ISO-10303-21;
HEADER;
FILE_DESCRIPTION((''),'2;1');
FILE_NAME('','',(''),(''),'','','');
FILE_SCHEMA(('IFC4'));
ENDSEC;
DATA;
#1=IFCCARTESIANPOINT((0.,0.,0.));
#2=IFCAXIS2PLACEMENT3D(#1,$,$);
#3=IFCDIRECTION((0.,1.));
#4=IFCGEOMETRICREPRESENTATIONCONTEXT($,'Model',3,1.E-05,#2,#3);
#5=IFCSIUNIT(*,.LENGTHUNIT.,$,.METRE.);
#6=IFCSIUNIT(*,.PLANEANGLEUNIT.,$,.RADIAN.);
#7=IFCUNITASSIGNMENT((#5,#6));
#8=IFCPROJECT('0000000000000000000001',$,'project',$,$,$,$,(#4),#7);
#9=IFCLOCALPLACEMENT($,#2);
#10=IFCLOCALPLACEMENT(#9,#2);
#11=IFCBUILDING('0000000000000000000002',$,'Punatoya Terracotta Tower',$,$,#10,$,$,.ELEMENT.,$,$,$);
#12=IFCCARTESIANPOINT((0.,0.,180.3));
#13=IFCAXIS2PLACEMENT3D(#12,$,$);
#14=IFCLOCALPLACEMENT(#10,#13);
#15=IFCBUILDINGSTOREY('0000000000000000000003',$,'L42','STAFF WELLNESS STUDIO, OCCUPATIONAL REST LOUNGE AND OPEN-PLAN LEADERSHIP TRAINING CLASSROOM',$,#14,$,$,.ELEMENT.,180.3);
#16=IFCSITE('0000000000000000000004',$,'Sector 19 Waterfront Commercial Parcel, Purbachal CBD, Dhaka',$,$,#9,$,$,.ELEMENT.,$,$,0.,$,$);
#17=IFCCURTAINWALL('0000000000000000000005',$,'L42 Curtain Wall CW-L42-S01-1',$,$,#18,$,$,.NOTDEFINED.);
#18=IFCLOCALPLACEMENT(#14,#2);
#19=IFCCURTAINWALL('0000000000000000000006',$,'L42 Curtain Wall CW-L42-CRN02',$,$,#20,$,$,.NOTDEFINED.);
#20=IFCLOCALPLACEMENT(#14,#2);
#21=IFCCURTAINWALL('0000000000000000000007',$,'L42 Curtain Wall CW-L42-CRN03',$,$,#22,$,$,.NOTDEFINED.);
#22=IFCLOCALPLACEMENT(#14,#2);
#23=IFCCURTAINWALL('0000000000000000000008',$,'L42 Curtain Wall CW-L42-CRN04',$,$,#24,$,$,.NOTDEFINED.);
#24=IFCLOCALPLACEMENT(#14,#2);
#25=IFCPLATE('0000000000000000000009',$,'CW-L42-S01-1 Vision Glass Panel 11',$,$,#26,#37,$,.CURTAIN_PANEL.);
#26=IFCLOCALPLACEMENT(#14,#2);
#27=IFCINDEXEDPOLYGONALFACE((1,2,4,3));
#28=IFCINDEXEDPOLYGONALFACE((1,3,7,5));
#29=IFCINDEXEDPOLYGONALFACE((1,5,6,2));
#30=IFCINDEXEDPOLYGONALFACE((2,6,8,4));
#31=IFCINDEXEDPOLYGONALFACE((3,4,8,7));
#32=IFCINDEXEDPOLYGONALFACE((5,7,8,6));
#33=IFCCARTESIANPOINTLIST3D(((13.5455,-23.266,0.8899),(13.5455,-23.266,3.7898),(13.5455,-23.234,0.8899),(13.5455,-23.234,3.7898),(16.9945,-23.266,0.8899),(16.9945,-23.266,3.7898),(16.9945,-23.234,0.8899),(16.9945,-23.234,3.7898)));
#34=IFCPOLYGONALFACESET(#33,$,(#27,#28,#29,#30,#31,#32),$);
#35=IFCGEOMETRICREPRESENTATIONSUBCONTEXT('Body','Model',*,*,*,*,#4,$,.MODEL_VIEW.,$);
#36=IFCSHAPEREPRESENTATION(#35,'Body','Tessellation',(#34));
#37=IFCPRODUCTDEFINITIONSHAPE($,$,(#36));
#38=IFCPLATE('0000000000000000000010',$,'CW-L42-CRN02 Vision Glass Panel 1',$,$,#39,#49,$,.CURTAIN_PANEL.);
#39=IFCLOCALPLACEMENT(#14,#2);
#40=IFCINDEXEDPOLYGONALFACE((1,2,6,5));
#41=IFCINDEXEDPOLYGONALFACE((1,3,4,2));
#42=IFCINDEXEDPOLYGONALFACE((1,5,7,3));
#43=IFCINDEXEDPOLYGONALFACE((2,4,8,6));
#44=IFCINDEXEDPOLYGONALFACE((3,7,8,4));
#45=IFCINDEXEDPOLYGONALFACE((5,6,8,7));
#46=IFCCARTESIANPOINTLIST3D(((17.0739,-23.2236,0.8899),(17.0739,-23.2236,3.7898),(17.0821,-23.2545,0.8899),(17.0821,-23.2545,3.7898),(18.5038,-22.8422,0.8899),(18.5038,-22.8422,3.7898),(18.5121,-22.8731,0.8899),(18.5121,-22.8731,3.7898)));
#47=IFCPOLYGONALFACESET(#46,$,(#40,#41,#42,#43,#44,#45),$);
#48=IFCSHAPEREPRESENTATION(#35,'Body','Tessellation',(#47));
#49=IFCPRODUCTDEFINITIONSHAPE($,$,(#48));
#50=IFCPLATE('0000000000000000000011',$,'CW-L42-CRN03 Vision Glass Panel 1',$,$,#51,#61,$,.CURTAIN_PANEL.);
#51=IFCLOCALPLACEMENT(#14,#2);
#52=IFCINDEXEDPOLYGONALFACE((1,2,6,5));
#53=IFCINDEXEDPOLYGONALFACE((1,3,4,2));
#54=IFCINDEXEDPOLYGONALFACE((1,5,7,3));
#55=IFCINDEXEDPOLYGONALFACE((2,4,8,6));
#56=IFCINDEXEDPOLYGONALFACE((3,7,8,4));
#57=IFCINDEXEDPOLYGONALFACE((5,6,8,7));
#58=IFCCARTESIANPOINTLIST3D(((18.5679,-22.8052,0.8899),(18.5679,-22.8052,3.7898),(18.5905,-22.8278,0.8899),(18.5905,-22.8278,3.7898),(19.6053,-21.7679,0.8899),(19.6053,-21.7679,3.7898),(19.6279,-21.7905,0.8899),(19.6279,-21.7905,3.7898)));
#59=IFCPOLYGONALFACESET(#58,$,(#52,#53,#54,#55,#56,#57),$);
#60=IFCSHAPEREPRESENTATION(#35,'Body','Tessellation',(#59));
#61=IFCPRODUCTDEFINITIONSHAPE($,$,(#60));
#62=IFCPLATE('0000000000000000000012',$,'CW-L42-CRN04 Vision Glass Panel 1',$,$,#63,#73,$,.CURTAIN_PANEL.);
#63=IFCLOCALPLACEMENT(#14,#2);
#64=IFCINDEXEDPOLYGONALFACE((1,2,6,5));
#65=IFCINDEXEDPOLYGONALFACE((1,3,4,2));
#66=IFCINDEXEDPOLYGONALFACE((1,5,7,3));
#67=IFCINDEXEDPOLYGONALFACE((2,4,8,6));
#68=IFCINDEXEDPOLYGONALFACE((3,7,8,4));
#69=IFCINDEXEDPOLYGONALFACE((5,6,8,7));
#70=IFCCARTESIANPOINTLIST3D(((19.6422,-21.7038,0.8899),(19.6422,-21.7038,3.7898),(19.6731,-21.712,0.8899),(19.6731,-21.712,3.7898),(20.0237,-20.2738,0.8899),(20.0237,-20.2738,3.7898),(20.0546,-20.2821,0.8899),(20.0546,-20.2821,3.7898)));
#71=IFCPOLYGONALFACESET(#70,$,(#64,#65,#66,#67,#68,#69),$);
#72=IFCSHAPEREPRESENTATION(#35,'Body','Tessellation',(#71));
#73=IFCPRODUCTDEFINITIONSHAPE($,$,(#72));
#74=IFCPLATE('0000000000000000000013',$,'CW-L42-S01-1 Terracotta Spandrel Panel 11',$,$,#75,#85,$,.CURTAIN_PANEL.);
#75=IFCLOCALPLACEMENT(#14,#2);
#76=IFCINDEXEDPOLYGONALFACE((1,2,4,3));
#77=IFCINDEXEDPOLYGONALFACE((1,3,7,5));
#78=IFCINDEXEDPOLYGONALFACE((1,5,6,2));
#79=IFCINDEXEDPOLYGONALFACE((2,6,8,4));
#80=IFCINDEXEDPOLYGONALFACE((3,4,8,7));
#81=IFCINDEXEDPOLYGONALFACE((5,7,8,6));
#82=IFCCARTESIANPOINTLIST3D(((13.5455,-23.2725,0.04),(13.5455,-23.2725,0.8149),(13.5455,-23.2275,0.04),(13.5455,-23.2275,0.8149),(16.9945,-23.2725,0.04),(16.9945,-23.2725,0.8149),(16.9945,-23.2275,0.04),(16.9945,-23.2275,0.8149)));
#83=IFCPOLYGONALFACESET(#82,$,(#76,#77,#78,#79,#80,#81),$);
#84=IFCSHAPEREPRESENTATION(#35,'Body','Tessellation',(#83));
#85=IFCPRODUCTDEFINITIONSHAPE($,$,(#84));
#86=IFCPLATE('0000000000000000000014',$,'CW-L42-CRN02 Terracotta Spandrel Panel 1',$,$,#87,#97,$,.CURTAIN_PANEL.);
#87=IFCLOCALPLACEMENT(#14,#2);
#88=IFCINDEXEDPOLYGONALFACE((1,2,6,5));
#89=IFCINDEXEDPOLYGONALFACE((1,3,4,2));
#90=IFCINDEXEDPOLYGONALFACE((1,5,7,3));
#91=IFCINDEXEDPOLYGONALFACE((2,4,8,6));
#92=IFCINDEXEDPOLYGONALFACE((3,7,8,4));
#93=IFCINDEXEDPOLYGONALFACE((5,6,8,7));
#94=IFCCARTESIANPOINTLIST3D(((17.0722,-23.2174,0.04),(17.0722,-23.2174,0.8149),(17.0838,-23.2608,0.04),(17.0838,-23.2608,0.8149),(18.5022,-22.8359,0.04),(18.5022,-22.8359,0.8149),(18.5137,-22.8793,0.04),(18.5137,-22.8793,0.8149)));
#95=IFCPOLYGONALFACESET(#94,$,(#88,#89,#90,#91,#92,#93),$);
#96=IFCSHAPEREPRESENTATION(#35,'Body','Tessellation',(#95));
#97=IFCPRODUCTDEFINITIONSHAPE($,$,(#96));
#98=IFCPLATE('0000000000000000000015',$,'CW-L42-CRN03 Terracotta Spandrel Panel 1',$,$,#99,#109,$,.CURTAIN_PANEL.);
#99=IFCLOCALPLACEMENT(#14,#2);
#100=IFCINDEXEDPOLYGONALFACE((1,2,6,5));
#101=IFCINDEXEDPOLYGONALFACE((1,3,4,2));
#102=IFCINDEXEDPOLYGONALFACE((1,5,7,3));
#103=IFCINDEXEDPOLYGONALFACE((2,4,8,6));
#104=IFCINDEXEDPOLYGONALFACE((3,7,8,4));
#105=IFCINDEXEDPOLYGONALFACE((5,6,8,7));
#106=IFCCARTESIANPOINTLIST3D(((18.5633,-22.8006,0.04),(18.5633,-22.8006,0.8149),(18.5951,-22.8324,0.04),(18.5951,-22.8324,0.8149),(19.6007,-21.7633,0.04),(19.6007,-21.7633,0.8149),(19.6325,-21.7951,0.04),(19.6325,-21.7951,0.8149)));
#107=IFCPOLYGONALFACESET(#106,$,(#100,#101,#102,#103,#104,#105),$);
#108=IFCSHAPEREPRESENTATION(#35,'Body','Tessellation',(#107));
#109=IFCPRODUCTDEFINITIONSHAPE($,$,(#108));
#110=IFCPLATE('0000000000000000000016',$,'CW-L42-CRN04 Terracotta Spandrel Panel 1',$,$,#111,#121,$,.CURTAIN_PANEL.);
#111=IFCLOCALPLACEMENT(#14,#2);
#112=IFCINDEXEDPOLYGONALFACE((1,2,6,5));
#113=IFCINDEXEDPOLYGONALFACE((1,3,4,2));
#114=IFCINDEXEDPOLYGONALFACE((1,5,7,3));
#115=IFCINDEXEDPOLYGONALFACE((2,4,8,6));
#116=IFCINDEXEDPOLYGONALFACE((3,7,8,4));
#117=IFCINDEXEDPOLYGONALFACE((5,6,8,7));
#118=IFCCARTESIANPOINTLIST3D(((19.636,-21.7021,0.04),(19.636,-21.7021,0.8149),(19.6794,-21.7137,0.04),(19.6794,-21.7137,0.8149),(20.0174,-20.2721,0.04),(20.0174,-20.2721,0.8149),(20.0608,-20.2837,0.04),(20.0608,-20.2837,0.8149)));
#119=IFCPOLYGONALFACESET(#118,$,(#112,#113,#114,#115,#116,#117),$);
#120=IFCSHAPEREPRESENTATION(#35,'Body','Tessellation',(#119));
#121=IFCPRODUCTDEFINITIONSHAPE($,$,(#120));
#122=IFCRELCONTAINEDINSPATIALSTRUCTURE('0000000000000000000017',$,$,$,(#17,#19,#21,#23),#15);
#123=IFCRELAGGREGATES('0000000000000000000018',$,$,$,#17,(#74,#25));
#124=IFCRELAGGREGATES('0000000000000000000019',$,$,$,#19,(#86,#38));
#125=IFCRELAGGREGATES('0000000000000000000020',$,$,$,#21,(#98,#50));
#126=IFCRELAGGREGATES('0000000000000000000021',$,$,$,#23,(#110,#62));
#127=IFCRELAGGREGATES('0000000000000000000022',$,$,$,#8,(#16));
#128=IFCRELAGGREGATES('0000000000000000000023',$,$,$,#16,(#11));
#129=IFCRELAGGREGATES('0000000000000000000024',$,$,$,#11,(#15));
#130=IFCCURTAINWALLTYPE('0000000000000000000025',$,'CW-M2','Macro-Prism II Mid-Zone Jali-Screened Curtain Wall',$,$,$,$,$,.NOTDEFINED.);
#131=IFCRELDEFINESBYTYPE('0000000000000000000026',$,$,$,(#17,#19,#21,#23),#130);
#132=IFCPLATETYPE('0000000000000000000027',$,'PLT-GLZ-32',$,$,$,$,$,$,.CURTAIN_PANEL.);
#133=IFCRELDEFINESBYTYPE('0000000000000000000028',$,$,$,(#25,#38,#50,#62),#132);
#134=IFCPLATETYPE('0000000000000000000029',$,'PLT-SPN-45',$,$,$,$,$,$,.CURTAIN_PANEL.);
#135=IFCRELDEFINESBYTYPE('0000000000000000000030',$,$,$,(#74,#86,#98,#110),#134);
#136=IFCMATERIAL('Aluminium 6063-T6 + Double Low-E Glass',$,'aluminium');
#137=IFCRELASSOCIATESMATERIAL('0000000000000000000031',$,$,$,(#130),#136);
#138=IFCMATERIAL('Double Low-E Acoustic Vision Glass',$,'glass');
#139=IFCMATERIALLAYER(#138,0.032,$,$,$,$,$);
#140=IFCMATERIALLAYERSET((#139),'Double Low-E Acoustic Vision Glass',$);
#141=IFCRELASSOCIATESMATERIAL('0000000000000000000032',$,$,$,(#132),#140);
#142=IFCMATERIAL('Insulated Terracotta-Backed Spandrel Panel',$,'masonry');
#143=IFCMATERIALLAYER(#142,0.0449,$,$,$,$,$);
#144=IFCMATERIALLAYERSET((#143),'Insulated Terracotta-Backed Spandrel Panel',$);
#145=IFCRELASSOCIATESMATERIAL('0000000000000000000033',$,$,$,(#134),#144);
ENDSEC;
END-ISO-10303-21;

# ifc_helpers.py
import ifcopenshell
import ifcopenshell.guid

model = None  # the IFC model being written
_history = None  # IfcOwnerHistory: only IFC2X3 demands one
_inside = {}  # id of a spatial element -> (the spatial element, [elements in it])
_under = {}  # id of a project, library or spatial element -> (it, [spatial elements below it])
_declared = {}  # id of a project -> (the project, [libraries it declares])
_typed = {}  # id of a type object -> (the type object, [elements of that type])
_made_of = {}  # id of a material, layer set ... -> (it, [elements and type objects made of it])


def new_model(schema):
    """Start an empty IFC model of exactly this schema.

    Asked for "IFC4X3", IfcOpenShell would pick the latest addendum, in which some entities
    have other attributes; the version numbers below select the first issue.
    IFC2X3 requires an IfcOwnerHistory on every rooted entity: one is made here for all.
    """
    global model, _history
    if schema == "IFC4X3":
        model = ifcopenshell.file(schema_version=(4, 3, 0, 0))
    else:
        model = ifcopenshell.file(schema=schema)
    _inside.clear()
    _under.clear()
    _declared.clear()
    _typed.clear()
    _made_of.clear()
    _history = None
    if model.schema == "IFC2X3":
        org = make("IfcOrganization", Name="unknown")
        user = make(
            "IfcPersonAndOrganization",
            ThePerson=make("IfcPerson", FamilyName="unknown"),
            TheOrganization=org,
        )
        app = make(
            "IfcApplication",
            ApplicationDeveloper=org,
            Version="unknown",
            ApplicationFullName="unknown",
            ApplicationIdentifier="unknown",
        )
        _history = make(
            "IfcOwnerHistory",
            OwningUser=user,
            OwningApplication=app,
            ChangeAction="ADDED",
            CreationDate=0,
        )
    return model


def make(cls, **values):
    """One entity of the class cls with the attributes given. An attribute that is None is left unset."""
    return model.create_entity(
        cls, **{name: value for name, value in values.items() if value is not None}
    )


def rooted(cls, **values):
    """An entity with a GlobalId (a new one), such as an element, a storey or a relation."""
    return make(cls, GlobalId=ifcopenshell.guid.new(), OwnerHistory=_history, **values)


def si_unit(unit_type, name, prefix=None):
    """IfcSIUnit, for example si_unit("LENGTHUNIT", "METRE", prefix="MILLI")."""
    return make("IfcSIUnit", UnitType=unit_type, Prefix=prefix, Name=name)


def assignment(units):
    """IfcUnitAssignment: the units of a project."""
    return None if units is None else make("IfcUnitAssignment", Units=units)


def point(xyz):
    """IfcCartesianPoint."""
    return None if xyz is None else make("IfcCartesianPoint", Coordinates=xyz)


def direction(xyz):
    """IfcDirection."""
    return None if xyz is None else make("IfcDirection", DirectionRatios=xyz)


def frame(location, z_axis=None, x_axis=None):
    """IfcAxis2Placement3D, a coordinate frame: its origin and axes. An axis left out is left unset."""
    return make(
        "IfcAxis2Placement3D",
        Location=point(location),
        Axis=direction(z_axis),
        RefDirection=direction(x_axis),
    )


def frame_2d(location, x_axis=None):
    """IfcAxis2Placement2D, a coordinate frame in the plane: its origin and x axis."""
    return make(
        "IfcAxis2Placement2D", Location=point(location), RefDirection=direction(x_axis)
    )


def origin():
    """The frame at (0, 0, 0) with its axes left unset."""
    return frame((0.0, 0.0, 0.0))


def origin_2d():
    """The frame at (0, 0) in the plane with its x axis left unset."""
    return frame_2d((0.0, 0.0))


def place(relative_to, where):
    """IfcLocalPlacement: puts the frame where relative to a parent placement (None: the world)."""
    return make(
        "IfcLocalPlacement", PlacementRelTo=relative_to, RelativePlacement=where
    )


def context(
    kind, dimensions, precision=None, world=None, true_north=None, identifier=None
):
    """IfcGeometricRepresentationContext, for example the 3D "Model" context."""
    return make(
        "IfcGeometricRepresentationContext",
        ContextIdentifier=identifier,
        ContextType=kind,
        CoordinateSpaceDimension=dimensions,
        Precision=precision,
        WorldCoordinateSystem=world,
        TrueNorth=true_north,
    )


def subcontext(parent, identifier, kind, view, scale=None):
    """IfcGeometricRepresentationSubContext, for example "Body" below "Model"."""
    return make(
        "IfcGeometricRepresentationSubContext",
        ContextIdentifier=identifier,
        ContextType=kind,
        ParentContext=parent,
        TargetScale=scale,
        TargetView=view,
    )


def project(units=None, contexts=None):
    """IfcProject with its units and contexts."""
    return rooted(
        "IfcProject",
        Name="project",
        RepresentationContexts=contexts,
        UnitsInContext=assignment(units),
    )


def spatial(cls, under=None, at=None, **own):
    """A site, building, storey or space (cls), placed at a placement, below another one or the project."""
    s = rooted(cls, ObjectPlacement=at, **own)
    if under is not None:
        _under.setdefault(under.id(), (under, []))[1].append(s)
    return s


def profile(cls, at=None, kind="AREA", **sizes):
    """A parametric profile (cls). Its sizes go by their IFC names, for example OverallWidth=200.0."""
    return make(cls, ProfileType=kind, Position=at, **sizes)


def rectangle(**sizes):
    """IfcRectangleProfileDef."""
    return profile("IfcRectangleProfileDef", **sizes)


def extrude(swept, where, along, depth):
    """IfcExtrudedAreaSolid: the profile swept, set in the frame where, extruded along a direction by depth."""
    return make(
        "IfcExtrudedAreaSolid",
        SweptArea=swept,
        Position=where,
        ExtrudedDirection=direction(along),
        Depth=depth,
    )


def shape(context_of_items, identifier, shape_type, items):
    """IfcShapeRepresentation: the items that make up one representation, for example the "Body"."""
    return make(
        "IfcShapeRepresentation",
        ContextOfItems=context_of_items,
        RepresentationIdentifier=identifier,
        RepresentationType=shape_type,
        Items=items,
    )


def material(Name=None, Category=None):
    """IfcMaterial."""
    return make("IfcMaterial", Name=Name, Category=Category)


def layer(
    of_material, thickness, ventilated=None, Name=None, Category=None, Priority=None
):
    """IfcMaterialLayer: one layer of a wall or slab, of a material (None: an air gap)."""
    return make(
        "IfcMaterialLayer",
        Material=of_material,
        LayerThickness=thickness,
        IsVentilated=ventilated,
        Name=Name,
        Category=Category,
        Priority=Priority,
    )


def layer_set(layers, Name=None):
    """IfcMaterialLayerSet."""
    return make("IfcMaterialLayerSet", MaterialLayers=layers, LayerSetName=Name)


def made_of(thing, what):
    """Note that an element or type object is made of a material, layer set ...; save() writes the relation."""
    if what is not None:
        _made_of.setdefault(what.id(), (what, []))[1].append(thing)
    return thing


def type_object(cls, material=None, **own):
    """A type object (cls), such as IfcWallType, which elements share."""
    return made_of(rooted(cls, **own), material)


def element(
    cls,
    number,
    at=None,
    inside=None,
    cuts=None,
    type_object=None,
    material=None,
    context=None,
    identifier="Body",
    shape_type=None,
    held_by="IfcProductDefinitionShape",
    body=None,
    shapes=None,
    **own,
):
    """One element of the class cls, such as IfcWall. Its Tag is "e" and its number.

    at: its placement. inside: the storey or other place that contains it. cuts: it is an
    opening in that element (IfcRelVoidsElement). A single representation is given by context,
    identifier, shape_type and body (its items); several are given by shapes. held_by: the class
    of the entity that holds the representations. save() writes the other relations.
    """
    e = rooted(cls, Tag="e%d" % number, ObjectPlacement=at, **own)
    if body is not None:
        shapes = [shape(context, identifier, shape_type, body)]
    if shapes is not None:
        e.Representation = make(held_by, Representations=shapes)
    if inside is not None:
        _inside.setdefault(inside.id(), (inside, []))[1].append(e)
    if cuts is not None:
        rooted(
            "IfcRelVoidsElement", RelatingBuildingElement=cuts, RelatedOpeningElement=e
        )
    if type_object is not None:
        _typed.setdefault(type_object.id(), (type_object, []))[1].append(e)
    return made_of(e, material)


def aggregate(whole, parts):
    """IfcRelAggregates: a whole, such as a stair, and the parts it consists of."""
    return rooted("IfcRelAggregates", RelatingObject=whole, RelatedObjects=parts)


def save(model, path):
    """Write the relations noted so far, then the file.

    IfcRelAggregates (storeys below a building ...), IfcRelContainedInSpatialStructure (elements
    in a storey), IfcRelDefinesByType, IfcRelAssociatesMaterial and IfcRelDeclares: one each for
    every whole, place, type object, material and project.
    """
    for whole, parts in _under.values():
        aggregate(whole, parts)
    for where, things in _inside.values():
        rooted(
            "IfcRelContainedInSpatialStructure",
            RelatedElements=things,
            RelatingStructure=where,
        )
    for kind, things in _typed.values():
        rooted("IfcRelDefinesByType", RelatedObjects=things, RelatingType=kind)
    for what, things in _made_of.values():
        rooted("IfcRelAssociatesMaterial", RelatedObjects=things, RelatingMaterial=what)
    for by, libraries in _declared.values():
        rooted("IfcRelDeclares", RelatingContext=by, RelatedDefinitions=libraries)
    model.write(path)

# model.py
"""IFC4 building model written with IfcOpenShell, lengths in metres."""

from ifc_helpers import new_model, si_unit, direction, frame, origin, origin_2d, place, context, subcontext, project, spatial, rectangle, extrude, material, layer, layer_set, type_object, element, aggregate, save


model = new_model("IFC4")

# Units and contexts
model_context = context("Model", 3, precision=1e-05, world=origin(), true_north=direction((0.0, 1.0)))
body_context = subcontext(model_context, "Body", "Model", "MODEL_VIEW")
ifc_project = project(units=[si_unit("LENGTHUNIT", "METRE"), si_unit("PLANEANGLEUNIT", "RADIAN")], contexts=[model_context])

# Site, building, storey
site_placement = place(None, origin())
site = spatial("IfcSite", under=ifc_project, at=site_placement, Name="Sector 19 Waterfront Commercial Parcel, Purbachal CBD, Dhaka", CompositionType="ELEMENT", RefElevation=0.0)
building_placement = place(site_placement, origin())
building = spatial("IfcBuilding", under=site, at=building_placement, Name="Punatoya Terracotta Tower", CompositionType="ELEMENT")
storey_placement = place(building_placement, frame((0.0, 0.0, 180.3)))
storey = spatial("IfcBuildingStorey", under=building, at=storey_placement, Name="L42", Description="STAFF WELLNESS STUDIO, OCCUPATIONAL REST LOUNGE AND OPEN-PLAN LEADERSHIP TRAINING CLASSROOM", CompositionType="ELEMENT", Elevation=180.3)

# Curtain walls
ifc_material_1 = material(Name="Aluminium 6063-T6 + Double Low-E Glass", Category="aluminium")
curtain_wall_type = type_object("IfcCurtainWallType", Name="CW-M2", Description="Macro-Prism II Mid-Zone Jali-Screened Curtain Wall", PredefinedType="NOTDEFINED", material=ifc_material_1)
curtain_wall_1_placement = place(storey_placement, origin())
curtain_wall_1 = element("IfcCurtainWall", 1, at=curtain_wall_1_placement, inside=storey, type_object=curtain_wall_type, Name="L42 Curtain Wall CW-L42-S01-1", PredefinedType="NOTDEFINED")
curtain_wall_2_placement = place(storey_placement, origin())
curtain_wall_2 = element("IfcCurtainWall", 2, at=curtain_wall_2_placement, inside=storey, type_object=curtain_wall_type, Name="L42 Curtain Wall CW-L42-CRN02", PredefinedType="NOTDEFINED")
curtain_wall_3_placement = place(storey_placement, origin())
curtain_wall_3 = element("IfcCurtainWall", 3, at=curtain_wall_3_placement, inside=storey, type_object=curtain_wall_type, Name="L42 Curtain Wall CW-L42-CRN03", PredefinedType="NOTDEFINED")

# Curtain wall
curtain_wall_4_placement = place(storey_placement, origin())
curtain_wall_4 = element("IfcCurtainWall", 4, at=curtain_wall_4_placement, inside=storey, type_object=curtain_wall_type, Name="L42 Curtain Wall CW-L42-CRN04", PredefinedType="NOTDEFINED")

# Plates
ifc_material_2 = material(Name="Double Low-E Acoustic Vision Glass", Category="glass")
ifc_layer_1 = layer(ifc_material_2, 0.032)
ifc_layer_set_1 = layer_set([ifc_layer_1], Name="Double Low-E Acoustic Vision Glass")
plate_type_1 = type_object("IfcPlateType", Name="PLT-GLZ-32", PredefinedType="CURTAIN_PANEL", material=ifc_layer_set_1)
plate_1_placement = place(storey_placement, frame((15.27, -23.25, 0.8899), z_axis=(0.0, 0.0, 1.0), x_axis=(1.0, 0.0, 0.0)))
plate_1 = element("IfcPlate", 5, at=plate_1_placement, type_object=plate_type_1, Name="CW-L42-S01-1 Vision Glass Panel 11", PredefinedType="CURTAIN_PANEL", context=body_context, shape_type="SweptSolid", body=[
    extrude(rectangle(XDim=3.449, YDim=0.032, at=origin_2d()), origin(), (0.0, 0.0, 1.0), 2.8999),
])
plate_2_placement = place(storey_placement, frame((17.793, -23.0483, 0.8899), z_axis=(0.0, 0.0, 1.0), x_axis=(0.966214, 0.257742, 0.0)))
plate_2 = element("IfcPlate", 6, at=plate_2_placement, type_object=plate_type_1, Name="CW-L42-CRN02 Vision Glass Panel 1", PredefinedType="CURTAIN_PANEL", context=body_context, shape_type="SweptSolid", body=[
    extrude(rectangle(XDim=1.48, YDim=0.032, at=origin_2d()), origin(), (0.0, 0.0, 1.0), 2.8999),
])
plate_3_placement = place(storey_placement, frame((19.0979, -22.2979, 0.8899), z_axis=(0.0, 0.0, 1.0), x_axis=(0.707107, 0.707107, 0.0)))
plate_3 = element("IfcPlate", 7, at=plate_3_placement, type_object=plate_type_1, Name="CW-L42-CRN03 Vision Glass Panel 1", PredefinedType="CURTAIN_PANEL", context=body_context, shape_type="SweptSolid", body=[
    extrude(rectangle(XDim=1.467, YDim=0.032, at=origin_2d()), origin(), (0.0, 0.0, 1.0), 2.8999),
])
plate_4_placement = place(storey_placement, frame((19.8484, -20.9929, 0.8899), z_axis=(0.0, 0.0, 1.0), x_axis=(0.257742, 0.966214, 0.0)))
plate_4 = element("IfcPlate", 8, at=plate_4_placement, type_object=plate_type_1, Name="CW-L42-CRN04 Vision Glass Panel 1", PredefinedType="CURTAIN_PANEL", context=body_context, shape_type="SweptSolid", body=[
    extrude(rectangle(XDim=1.48, YDim=0.032, at=origin_2d()), origin(), (0.0, 0.0, 1.0), 2.8999),
])
ifc_material_3 = material(Name="Insulated Terracotta-Backed Spandrel Panel", Category="masonry")
ifc_layer_2 = layer(ifc_material_3, 0.0449)
ifc_layer_set_2 = layer_set([ifc_layer_2], Name="Insulated Terracotta-Backed Spandrel Panel")
plate_type_2 = type_object("IfcPlateType", Name="PLT-SPN-45", PredefinedType="CURTAIN_PANEL", material=ifc_layer_set_2)
plate_5_placement = place(storey_placement, frame((15.27, -23.25, 0.04), z_axis=(0.0, 0.0, 1.0), x_axis=(1.0, 0.0, 0.0)))
plate_5 = element("IfcPlate", 9, at=plate_5_placement, type_object=plate_type_2, Name="CW-L42-S01-1 Terracotta Spandrel Panel 11", PredefinedType="CURTAIN_PANEL", context=body_context, shape_type="SweptSolid", body=[
    extrude(rectangle(XDim=3.449, YDim=0.0449, at=origin_2d()), origin(), (0.0, 0.0, 1.0), 0.7749),
])
aggregate(curtain_wall_1, [plate_5, plate_1])
plate_6_placement = place(storey_placement, frame((17.793, -23.0483, 0.04), z_axis=(0.0, 0.0, 1.0), x_axis=(0.966214, 0.257742, 0.0)))
plate_6 = element("IfcPlate", 10, at=plate_6_placement, type_object=plate_type_2, Name="CW-L42-CRN02 Terracotta Spandrel Panel 1", PredefinedType="CURTAIN_PANEL", context=body_context, shape_type="SweptSolid", body=[
    extrude(rectangle(XDim=1.48, YDim=0.0449, at=origin_2d()), origin(), (0.0, 0.0, 1.0), 0.7749),
])
aggregate(curtain_wall_2, [plate_6, plate_2])
plate_7_placement = place(storey_placement, frame((19.0979, -22.2979, 0.04), z_axis=(0.0, 0.0, 1.0), x_axis=(0.707107, 0.707107, 0.0)))
plate_7 = element("IfcPlate", 11, at=plate_7_placement, type_object=plate_type_2, Name="CW-L42-CRN03 Terracotta Spandrel Panel 1", PredefinedType="CURTAIN_PANEL", context=body_context, shape_type="SweptSolid", body=[
    extrude(rectangle(XDim=1.467, YDim=0.0449, at=origin_2d()), origin(), (0.0, 0.0, 1.0), 0.7749),
])
aggregate(curtain_wall_3, [plate_7, plate_3])
plate_8_placement = place(storey_placement, frame((19.8484, -20.9929, 0.04), z_axis=(0.0, 0.0, 1.0), x_axis=(0.257742, 0.966214, 0.0)))
plate_8 = element("IfcPlate", 12, at=plate_8_placement, type_object=plate_type_2, Name="CW-L42-CRN04 Terracotta Spandrel Panel 1", PredefinedType="CURTAIN_PANEL", context=body_context, shape_type="SweptSolid", body=[
    extrude(rectangle(XDim=1.48, YDim=0.0449, at=origin_2d()), origin(), (0.0, 0.0, 1.0), 0.7749),
])
aggregate(curtain_wall_4, [plate_8, plate_4])

save(model, "model.ifc")
